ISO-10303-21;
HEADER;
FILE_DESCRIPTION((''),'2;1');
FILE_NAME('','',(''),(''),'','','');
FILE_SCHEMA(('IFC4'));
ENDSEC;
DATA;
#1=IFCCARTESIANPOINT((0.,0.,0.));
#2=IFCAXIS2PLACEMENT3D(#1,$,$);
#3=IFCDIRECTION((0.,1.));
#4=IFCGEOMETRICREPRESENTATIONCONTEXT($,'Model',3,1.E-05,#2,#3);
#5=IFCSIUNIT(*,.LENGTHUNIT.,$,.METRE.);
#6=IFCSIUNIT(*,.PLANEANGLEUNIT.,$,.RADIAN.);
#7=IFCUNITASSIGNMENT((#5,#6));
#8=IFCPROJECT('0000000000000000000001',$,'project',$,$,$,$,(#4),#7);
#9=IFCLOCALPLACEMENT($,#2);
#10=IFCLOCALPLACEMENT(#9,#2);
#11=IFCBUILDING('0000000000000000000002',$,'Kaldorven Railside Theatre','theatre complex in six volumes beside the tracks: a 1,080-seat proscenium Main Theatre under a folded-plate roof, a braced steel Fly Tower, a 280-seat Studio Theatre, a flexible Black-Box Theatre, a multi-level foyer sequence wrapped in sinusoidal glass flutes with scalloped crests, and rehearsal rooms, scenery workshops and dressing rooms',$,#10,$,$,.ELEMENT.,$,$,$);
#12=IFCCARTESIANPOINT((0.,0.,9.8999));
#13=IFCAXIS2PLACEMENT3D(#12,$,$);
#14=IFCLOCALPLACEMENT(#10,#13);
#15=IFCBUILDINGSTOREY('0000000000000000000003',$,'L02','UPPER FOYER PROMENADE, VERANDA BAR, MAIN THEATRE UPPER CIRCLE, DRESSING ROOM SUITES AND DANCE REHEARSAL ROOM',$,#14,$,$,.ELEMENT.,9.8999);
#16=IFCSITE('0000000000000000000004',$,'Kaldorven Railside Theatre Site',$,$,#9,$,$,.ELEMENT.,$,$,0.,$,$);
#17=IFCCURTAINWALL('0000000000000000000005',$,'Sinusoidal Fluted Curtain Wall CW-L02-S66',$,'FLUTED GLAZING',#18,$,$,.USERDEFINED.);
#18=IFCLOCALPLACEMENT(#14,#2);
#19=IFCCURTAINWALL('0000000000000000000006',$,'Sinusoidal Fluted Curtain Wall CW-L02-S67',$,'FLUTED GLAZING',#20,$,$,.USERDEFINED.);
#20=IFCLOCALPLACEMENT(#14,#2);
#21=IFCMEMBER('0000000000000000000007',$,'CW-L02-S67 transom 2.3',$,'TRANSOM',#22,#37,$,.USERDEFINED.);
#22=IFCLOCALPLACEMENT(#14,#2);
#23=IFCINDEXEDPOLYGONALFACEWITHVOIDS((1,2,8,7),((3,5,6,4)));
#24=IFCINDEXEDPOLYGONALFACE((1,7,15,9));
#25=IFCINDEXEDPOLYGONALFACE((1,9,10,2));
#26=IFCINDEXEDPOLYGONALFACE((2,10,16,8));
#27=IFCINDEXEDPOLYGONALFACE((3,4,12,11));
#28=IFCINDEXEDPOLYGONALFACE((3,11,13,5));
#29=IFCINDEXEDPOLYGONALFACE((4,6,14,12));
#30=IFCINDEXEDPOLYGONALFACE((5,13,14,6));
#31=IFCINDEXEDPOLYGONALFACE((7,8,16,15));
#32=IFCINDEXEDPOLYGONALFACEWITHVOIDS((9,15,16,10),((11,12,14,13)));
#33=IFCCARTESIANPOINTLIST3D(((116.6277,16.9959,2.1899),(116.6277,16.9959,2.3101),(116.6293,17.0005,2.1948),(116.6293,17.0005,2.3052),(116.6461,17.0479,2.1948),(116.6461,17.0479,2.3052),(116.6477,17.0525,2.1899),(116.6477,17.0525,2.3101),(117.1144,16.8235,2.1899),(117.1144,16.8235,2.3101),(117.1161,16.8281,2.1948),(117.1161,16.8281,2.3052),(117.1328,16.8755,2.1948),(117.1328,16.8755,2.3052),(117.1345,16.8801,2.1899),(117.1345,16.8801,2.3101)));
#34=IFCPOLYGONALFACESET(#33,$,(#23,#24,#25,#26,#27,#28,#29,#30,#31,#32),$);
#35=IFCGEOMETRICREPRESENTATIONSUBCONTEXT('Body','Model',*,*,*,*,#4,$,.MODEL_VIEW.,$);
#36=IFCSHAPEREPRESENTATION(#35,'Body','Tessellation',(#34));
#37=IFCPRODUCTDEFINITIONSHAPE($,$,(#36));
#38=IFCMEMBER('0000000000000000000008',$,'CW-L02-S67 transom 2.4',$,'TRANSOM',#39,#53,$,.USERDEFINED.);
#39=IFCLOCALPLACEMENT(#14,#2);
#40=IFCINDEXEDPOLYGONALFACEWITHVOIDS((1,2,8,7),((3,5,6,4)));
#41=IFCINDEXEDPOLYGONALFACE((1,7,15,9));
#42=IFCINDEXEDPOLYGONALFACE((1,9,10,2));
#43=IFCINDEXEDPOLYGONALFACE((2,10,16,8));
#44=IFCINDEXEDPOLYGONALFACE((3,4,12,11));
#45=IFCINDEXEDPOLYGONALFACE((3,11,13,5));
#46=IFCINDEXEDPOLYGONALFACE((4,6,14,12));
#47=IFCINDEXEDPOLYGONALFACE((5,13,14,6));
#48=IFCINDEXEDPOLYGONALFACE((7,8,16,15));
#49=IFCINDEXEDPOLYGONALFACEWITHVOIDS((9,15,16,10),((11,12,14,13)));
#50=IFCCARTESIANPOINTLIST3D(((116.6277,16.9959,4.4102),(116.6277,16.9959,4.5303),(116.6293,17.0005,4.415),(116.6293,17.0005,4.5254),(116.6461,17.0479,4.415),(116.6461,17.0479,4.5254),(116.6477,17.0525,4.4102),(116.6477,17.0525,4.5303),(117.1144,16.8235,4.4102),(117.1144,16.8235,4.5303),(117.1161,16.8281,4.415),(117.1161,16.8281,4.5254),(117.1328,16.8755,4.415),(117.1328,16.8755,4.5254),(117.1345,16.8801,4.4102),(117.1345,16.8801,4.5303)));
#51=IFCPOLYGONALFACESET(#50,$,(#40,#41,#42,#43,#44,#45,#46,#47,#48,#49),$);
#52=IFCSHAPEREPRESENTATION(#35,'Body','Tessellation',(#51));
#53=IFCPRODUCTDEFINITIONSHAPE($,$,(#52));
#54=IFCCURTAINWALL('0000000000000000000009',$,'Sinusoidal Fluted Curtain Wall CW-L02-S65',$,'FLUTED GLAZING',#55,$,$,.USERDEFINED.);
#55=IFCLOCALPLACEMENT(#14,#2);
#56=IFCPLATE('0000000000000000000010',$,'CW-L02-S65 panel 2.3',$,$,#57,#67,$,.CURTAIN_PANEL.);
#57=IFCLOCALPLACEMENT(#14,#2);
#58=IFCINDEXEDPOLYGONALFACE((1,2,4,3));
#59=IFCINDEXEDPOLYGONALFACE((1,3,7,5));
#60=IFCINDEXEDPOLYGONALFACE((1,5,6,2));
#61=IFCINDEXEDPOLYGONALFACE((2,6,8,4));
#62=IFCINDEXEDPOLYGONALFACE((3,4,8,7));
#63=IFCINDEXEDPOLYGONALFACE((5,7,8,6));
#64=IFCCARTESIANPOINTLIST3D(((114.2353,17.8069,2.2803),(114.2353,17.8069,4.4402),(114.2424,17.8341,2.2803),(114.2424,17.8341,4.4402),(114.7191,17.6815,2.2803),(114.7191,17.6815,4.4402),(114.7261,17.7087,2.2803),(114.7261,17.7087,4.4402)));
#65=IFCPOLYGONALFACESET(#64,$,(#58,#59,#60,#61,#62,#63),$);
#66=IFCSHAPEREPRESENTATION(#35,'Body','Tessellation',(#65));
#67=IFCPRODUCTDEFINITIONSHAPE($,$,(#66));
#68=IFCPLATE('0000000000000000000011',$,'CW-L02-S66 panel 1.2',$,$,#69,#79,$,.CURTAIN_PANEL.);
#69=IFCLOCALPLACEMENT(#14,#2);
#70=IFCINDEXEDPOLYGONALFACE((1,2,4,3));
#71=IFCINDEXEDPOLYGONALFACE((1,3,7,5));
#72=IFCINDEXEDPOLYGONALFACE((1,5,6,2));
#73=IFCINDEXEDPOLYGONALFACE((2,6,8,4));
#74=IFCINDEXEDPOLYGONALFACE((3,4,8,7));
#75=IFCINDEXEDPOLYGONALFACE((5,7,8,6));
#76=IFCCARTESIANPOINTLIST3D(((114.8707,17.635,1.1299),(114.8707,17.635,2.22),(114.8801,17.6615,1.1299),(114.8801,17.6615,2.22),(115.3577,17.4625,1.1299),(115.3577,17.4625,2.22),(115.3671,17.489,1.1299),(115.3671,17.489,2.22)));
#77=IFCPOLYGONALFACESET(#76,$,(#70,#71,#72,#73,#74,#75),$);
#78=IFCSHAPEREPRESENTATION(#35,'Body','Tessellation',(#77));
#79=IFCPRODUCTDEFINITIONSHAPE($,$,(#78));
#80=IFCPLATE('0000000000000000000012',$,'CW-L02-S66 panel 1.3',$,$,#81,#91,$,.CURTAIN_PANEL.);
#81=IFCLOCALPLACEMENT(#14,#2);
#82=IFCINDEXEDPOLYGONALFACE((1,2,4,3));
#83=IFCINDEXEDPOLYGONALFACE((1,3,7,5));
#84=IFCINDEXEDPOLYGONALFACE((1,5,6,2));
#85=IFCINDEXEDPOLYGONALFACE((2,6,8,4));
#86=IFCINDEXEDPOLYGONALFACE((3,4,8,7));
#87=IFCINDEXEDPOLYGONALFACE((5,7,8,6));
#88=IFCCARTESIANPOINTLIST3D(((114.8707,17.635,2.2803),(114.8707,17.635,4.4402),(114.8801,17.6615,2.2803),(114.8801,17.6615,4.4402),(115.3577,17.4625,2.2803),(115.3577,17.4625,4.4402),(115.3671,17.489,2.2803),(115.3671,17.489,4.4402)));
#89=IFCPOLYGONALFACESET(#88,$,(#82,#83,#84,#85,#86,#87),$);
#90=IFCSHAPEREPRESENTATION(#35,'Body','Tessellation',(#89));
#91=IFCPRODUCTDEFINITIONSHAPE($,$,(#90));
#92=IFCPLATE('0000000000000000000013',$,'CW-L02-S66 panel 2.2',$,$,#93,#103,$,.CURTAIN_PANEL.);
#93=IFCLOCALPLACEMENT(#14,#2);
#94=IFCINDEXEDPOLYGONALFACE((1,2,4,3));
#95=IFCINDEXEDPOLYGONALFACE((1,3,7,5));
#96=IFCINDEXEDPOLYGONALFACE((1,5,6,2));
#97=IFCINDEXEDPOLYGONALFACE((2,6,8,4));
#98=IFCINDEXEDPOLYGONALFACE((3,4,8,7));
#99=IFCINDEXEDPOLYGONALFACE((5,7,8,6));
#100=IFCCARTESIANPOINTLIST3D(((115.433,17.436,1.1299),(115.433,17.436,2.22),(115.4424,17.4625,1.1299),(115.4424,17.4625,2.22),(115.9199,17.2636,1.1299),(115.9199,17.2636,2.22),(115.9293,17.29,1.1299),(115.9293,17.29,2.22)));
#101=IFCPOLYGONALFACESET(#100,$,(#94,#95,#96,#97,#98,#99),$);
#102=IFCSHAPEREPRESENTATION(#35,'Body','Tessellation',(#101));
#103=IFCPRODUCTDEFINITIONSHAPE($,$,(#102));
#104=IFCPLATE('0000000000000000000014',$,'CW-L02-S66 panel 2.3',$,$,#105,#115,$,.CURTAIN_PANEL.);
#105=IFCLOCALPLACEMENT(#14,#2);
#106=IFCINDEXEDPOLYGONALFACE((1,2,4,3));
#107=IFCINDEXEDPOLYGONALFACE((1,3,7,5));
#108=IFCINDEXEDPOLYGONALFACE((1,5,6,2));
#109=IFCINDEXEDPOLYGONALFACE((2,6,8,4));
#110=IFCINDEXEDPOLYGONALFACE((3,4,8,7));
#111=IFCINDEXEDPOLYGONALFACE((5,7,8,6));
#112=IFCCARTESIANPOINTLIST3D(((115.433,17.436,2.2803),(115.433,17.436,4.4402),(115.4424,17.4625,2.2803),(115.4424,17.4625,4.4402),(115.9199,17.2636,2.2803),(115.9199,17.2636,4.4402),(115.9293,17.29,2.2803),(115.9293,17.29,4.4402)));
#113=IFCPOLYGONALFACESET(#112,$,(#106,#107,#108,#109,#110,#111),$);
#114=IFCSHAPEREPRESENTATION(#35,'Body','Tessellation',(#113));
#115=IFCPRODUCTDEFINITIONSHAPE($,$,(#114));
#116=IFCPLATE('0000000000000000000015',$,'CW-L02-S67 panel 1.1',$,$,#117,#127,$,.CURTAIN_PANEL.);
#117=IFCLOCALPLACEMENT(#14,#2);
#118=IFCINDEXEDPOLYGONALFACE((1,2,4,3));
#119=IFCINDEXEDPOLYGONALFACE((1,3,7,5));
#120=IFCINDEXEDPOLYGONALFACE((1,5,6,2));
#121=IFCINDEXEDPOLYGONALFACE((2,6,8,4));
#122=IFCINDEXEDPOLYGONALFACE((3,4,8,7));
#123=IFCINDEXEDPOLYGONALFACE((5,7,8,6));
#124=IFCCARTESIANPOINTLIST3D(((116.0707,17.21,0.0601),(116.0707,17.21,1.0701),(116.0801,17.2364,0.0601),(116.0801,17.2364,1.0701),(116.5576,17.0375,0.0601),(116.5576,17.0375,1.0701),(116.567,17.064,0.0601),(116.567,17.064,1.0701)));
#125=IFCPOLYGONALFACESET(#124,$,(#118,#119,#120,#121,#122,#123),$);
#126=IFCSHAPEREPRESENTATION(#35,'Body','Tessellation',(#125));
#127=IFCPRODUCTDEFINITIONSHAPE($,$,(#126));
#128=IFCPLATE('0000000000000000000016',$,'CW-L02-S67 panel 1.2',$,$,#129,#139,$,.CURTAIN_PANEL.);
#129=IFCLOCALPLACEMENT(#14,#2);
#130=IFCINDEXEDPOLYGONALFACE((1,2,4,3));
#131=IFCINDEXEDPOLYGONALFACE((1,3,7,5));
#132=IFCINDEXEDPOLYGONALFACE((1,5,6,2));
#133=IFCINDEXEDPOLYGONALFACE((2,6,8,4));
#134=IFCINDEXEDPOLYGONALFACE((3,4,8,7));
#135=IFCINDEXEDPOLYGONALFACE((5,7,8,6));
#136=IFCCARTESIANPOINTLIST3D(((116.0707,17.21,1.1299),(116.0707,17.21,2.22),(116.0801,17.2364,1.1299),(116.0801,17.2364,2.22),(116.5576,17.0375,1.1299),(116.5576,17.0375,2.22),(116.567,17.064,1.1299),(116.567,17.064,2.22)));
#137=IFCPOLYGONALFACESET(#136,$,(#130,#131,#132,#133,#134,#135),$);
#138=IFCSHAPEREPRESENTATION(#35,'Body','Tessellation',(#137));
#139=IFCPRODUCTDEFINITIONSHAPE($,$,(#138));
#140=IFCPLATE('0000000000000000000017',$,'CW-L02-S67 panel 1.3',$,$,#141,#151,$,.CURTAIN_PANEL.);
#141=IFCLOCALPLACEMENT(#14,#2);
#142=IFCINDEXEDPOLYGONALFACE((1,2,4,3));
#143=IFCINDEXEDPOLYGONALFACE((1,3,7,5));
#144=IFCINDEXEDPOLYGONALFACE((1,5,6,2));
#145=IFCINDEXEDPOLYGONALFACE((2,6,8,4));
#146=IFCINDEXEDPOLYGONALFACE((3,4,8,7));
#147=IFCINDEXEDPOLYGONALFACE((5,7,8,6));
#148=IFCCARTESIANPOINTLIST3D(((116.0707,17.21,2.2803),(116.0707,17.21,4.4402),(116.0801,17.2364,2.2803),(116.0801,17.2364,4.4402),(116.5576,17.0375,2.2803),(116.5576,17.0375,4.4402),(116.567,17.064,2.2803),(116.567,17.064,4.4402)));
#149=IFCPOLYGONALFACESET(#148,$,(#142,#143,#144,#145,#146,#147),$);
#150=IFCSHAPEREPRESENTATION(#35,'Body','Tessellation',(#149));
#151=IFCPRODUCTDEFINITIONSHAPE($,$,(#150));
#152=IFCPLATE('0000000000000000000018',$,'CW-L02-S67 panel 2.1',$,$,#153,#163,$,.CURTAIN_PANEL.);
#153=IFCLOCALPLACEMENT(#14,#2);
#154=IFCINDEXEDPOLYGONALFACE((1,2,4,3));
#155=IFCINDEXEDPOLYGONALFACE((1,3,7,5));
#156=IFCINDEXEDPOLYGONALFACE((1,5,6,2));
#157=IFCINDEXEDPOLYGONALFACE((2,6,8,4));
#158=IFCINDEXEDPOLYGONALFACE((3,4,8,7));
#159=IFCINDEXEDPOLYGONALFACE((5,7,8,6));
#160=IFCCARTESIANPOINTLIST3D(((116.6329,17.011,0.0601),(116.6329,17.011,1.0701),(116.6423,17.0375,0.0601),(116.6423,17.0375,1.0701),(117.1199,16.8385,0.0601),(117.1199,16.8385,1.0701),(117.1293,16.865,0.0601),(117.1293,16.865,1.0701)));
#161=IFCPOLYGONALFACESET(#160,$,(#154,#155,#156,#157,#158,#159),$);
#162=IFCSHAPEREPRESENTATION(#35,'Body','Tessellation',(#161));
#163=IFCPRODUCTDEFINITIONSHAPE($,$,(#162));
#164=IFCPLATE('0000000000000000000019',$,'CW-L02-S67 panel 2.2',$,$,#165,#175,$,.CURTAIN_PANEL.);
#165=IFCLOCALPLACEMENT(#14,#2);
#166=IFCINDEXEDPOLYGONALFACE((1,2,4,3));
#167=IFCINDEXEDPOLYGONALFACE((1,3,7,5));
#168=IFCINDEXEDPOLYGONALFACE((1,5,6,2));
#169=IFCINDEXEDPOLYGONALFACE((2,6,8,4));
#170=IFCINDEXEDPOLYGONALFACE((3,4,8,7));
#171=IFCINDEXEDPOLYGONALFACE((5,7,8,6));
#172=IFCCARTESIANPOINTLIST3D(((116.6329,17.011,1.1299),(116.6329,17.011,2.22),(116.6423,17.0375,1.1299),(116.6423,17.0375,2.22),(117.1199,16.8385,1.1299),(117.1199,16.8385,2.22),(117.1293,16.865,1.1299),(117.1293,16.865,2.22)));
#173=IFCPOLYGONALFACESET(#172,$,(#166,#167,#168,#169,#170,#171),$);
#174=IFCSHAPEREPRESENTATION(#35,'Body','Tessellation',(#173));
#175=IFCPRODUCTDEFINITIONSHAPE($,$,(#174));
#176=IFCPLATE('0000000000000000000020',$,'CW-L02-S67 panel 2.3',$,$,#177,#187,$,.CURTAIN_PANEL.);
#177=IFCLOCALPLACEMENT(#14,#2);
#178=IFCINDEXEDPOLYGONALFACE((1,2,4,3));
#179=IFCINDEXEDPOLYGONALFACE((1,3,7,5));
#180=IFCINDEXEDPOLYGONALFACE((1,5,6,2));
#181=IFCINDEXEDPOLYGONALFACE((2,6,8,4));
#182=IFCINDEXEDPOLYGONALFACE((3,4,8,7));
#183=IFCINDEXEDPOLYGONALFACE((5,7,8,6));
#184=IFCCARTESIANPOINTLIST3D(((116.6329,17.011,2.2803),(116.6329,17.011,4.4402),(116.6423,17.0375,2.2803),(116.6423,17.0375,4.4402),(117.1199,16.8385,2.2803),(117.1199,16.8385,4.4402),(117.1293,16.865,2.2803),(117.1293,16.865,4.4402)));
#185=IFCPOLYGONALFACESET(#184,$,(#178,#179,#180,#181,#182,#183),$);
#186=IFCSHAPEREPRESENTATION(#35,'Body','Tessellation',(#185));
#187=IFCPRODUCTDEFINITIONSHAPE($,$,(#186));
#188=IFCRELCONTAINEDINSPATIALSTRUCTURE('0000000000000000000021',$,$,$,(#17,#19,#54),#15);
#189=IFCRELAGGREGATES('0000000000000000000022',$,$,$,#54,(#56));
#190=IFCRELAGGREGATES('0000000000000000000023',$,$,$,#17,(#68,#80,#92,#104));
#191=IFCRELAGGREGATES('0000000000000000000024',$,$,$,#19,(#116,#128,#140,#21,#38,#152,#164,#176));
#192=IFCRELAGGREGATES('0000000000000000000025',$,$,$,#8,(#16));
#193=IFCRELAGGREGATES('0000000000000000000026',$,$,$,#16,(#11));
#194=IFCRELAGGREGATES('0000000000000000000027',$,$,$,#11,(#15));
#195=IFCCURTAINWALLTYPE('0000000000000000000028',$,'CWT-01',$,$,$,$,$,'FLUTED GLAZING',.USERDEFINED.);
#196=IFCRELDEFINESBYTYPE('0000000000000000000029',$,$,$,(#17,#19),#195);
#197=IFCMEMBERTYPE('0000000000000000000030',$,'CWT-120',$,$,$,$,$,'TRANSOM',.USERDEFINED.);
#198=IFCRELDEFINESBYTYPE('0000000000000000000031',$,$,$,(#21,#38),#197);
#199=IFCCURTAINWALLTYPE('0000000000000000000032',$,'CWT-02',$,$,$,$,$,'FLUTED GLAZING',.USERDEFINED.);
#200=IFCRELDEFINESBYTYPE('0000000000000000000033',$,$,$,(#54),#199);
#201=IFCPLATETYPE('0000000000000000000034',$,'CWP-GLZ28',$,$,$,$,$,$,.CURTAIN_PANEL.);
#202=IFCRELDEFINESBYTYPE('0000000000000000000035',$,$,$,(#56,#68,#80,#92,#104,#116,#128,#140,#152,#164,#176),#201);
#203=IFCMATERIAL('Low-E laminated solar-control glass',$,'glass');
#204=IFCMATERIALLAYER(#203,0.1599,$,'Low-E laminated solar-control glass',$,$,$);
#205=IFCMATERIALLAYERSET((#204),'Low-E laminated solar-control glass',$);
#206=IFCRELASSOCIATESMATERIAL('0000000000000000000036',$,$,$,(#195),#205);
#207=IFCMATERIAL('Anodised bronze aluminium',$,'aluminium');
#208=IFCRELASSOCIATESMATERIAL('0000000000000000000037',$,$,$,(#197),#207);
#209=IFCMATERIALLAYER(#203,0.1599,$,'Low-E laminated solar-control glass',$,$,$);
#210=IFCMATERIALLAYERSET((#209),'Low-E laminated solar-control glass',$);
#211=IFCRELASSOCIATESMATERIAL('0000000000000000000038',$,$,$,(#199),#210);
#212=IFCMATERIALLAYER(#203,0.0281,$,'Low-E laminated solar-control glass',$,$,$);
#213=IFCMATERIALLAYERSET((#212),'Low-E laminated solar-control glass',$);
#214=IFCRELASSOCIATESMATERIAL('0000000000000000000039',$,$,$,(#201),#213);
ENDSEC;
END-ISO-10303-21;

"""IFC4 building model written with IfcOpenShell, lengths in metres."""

from ifc_helpers import new_model, si_unit, direction, frame, origin, origin_2d, place, context, subcontext, project, spatial, rectangle, hollow_rectangle, extrude, material, layer, layer_set, material_profile, profile_set, type_object, element, aggregate, save


model = new_model("IFC4")

# Units and contexts
model_context = context("Model", 3, precision=1e-05, world=origin(), true_north=direction((0.0, 1.0)))
body_context = subcontext(model_context, "Body", "Model", "MODEL_VIEW")
ifc_project = project(units=[si_unit("LENGTHUNIT", "METRE"), si_unit("PLANEANGLEUNIT", "RADIAN")], contexts=[model_context])

# Site, building, storey
site_placement = place(None, origin())
site = spatial("IfcSite", under=ifc_project, at=site_placement, Name="Kaldorven Railside Theatre Site", CompositionType="ELEMENT", RefElevation=0.0)
building_placement = place(site_placement, origin())
building = spatial("IfcBuilding", under=site, at=building_placement, Name="Kaldorven Railside Theatre", Description="theatre complex in six volumes beside the tracks: a 1,080-seat proscenium Main Theatre under a folded-plate roof, a braced steel Fly Tower, a 280-seat Studio Theatre, a flexible Black-Box Theatre, a multi-level foyer sequence wrapped in sinusoidal glass flutes with scalloped crests, and rehearsal rooms, scenery workshops and dressing rooms", CompositionType="ELEMENT")
storey_placement = place(building_placement, frame((0.0, 0.0, 9.8999)))
storey = spatial("IfcBuildingStorey", under=building, at=storey_placement, Name="L02", Description="UPPER FOYER PROMENADE, VERANDA BAR, MAIN THEATRE UPPER CIRCLE, DRESSING ROOM SUITES AND DANCE REHEARSAL ROOM", CompositionType="ELEMENT", Elevation=9.8999)

# Curtain walls, members
ifc_material_1 = material(Name="Low-E laminated solar-control glass", Category="glass")
ifc_layer_1 = layer(ifc_material_1, 0.1599, Name="Low-E laminated solar-control glass")
ifc_layer_set_1 = layer_set([ifc_layer_1], Name="Low-E laminated solar-control glass")
curtain_wall_type_1 = type_object("IfcCurtainWallType", Name="CWT-01", ElementType="FLUTED GLAZING", PredefinedType="USERDEFINED", material=ifc_layer_set_1)
curtain_wall_1_placement = place(storey_placement, origin())
curtain_wall_1 = element("IfcCurtainWall", 1, at=curtain_wall_1_placement, inside=storey, type_object=curtain_wall_type_1, Name="Sinusoidal Fluted Curtain Wall CW-L02-S66", ObjectType="FLUTED GLAZING", PredefinedType="USERDEFINED")
ifc_material_2 = material(Name="Anodised bronze aluminium", Category="aluminium")
ifc_material_profile_1 = material_profile(ifc_material_2, hollow_rectangle(XDim=0.0601, YDim=0.1201, WallThickness=0.0049, at=origin_2d()), Name="RHS 120x60x5")
ifc_profile_set_1 = profile_set([ifc_material_profile_1], Name="Anodised bronze aluminium")
member_type = type_object("IfcMemberType", Name="CWT-120", ElementType="TRANSOM", PredefinedType="USERDEFINED", material=ifc_profile_set_1)
curtain_wall_2_placement = place(storey_placement, origin())
curtain_wall_2 = element("IfcCurtainWall", 2, at=curtain_wall_2_placement, inside=storey, type_object=curtain_wall_type_1, Name="Sinusoidal Fluted Curtain Wall CW-L02-S67", ObjectType="FLUTED GLAZING", PredefinedType="USERDEFINED")
member_1_placement = place(storey_placement, frame((116.6377, 17.0242, 2.25), z_axis=(0.942658, -0.33376, 0.0), x_axis=(0.33376, 0.942658, 0.0)))
member_1 = element("IfcMember", 3, at=member_1_placement, type_object=member_type, Name="CW-L02-S67 transom 2.3", ObjectType="TRANSOM", PredefinedType="USERDEFINED", context=body_context, shape_type="SweptSolid", body=[
    extrude(hollow_rectangle(XDim=0.0601, YDim=0.1201, WallThickness=0.0049, at=origin_2d()), origin(), (0.0, 0.0, 1.0), 0.5164),
])
member_2_placement = place(storey_placement, frame((116.6377, 17.0242, 4.4702), z_axis=(0.942658, -0.33376, 0.0), x_axis=(0.33376, 0.942658, 0.0)))
member_2 = element("IfcMember", 4, at=member_2_placement, type_object=member_type, Name="CW-L02-S67 transom 2.4", ObjectType="TRANSOM", PredefinedType="USERDEFINED", context=body_context, shape_type="SweptSolid", body=[
    extrude(hollow_rectangle(XDim=0.0601, YDim=0.1201, WallThickness=0.0049, at=origin_2d()), origin(), (0.0, 0.0, 1.0), 0.5164),
])

# Curtain wall, plate
ifc_layer_2 = layer(ifc_material_1, 0.1599, Name="Low-E laminated solar-control glass")
ifc_layer_set_2 = layer_set([ifc_layer_2], Name="Low-E laminated solar-control glass")
curtain_wall_type_2 = type_object("IfcCurtainWallType", Name="CWT-02", ElementType="FLUTED GLAZING", PredefinedType="USERDEFINED", material=ifc_layer_set_2)
curtain_wall_3_placement = place(storey_placement, origin())
curtain_wall_3 = element("IfcCurtainWall", 5, at=curtain_wall_3_placement, inside=storey, type_object=curtain_wall_type_2, Name="Sinusoidal Fluted Curtain Wall CW-L02-S65", ObjectType="FLUTED GLAZING", PredefinedType="USERDEFINED")
ifc_layer_3 = layer(ifc_material_1, 0.0281, Name="Low-E laminated solar-control glass")
ifc_layer_set_3 = layer_set([ifc_layer_3], Name="Low-E laminated solar-control glass")
plate_type = type_object("IfcPlateType", Name="CWP-GLZ28", PredefinedType="CURTAIN_PANEL", material=ifc_layer_set_3)
plate_1_placement = place(storey_placement, frame((114.4807, 17.7578, 2.2803), z_axis=(0.0, 0.0, 1.0), x_axis=(0.967999, -0.250954, 0.0)))
plate_1 = element("IfcPlate", 6, at=plate_1_placement, type_object=plate_type, Name="CW-L02-S65 panel 2.3", PredefinedType="CURTAIN_PANEL", context=body_context, shape_type="SweptSolid", body=[
    extrude(rectangle(XDim=0.4998, YDim=0.0281, at=origin_2d()), origin(), (0.0, 0.0, 1.0), 2.1599),
])
aggregate(curtain_wall_3, [plate_1])

# Plates
plate_2_placement = place(storey_placement, frame((115.1189, 17.562, 1.1299), z_axis=(0.0, 0.0, 1.0), x_axis=(0.942627, -0.333847, 0.0)))
plate_2 = element("IfcPlate", 7, at=plate_2_placement, type_object=plate_type, Name="CW-L02-S66 panel 1.2", PredefinedType="CURTAIN_PANEL", context=body_context, shape_type="SweptSolid", body=[
    extrude(rectangle(XDim=0.5166, YDim=0.0281, at=origin_2d()), origin(), (0.0, 0.0, 1.0), 1.0901),
])
plate_3_placement = place(storey_placement, frame((115.1189, 17.562, 2.2803), z_axis=(0.0, 0.0, 1.0), x_axis=(0.942627, -0.333847, 0.0)))
plate_3 = element("IfcPlate", 8, at=plate_3_placement, type_object=plate_type, Name="CW-L02-S66 panel 1.3", PredefinedType="CURTAIN_PANEL", context=body_context, shape_type="SweptSolid", body=[
    extrude(rectangle(XDim=0.5166, YDim=0.0281, at=origin_2d()), origin(), (0.0, 0.0, 1.0), 2.1599),
])
plate_4_placement = place(storey_placement, frame((115.6812, 17.363, 1.1299), z_axis=(0.0, 0.0, 1.0), x_axis=(0.942627, -0.333847, 0.0)))
plate_4 = element("IfcPlate", 9, at=plate_4_placement, type_object=plate_type, Name="CW-L02-S66 panel 2.2", PredefinedType="CURTAIN_PANEL", context=body_context, shape_type="SweptSolid", body=[
    extrude(rectangle(XDim=0.5166, YDim=0.0281, at=origin_2d()), origin(), (0.0, 0.0, 1.0), 1.0901),
])
plate_5_placement = place(storey_placement, frame((115.6812, 17.363, 2.2803), z_axis=(0.0, 0.0, 1.0), x_axis=(0.942627, -0.333847, 0.0)))
plate_5 = element("IfcPlate", 10, at=plate_5_placement, type_object=plate_type, Name="CW-L02-S66 panel 2.3", PredefinedType="CURTAIN_PANEL", context=body_context, shape_type="SweptSolid", body=[
    extrude(rectangle(XDim=0.5166, YDim=0.0281, at=origin_2d()), origin(), (0.0, 0.0, 1.0), 2.1599),
])
aggregate(curtain_wall_1, [plate_2, plate_3, plate_4, plate_5])
plate_6_placement = place(storey_placement, frame((116.3188, 17.137, 0.0601), z_axis=(0.0, 0.0, 1.0), x_axis=(0.942627, -0.333847, 0.0)))
plate_6 = element("IfcPlate", 11, at=plate_6_placement, type_object=plate_type, Name="CW-L02-S67 panel 1.1", PredefinedType="CURTAIN_PANEL", context=body_context, shape_type="SweptSolid", body=[
    extrude(rectangle(XDim=0.5166, YDim=0.0281, at=origin_2d()), origin(), (0.0, 0.0, 1.0), 1.01),
])
plate_7_placement = place(storey_placement, frame((116.3188, 17.137, 1.1299), z_axis=(0.0, 0.0, 1.0), x_axis=(0.942627, -0.333847, 0.0)))
plate_7 = element("IfcPlate", 12, at=plate_7_placement, type_object=plate_type, Name="CW-L02-S67 panel 1.2", PredefinedType="CURTAIN_PANEL", context=body_context, shape_type="SweptSolid", body=[
    extrude(rectangle(XDim=0.5166, YDim=0.0281, at=origin_2d()), origin(), (0.0, 0.0, 1.0), 1.0901),
])
plate_8_placement = place(storey_placement, frame((116.3188, 17.137, 2.2803), z_axis=(0.0, 0.0, 1.0), x_axis=(0.942627, -0.333847, 0.0)))
plate_8 = element("IfcPlate", 13, at=plate_8_placement, type_object=plate_type, Name="CW-L02-S67 panel 1.3", PredefinedType="CURTAIN_PANEL", context=body_context, shape_type="SweptSolid", body=[
    extrude(rectangle(XDim=0.5166, YDim=0.0281, at=origin_2d()), origin(), (0.0, 0.0, 1.0), 2.1599),
])
plate_9_placement = place(storey_placement, frame((116.8811, 16.938, 0.0601), z_axis=(0.0, 0.0, 1.0), x_axis=(0.942627, -0.333847, 0.0)))
plate_9 = element("IfcPlate", 14, at=plate_9_placement, type_object=plate_type, Name="CW-L02-S67 panel 2.1", PredefinedType="CURTAIN_PANEL", context=body_context, shape_type="SweptSolid", body=[
    extrude(rectangle(XDim=0.5166, YDim=0.0281, at=origin_2d()), origin(), (0.0, 0.0, 1.0), 1.01),
])
plate_10_placement = place(storey_placement, frame((116.8811, 16.938, 1.1299), z_axis=(0.0, 0.0, 1.0), x_axis=(0.942627, -0.333847, 0.0)))
plate_10 = element("IfcPlate", 15, at=plate_10_placement, type_object=plate_type, Name="CW-L02-S67 panel 2.2", PredefinedType="CURTAIN_PANEL", context=body_context, shape_type="SweptSolid", body=[
    extrude(rectangle(XDim=0.5166, YDim=0.0281, at=origin_2d()), origin(), (0.0, 0.0, 1.0), 1.0901),
])
plate_11_placement = place(storey_placement, frame((116.8811, 16.938, 2.2803), z_axis=(0.0, 0.0, 1.0), x_axis=(0.942627, -0.333847, 0.0)))
plate_11 = element("IfcPlate", 16, at=plate_11_placement, type_object=plate_type, Name="CW-L02-S67 panel 2.3", PredefinedType="CURTAIN_PANEL", context=body_context, shape_type="SweptSolid", body=[
    extrude(rectangle(XDim=0.5166, YDim=0.0281, at=origin_2d()), origin(), (0.0, 0.0, 1.0), 2.1599),
])
aggregate(curtain_wall_2, [plate_6, plate_7, plate_8, member_1, member_2, plate_9, plate_10, plate_11])

save(model, "model.ifc")
